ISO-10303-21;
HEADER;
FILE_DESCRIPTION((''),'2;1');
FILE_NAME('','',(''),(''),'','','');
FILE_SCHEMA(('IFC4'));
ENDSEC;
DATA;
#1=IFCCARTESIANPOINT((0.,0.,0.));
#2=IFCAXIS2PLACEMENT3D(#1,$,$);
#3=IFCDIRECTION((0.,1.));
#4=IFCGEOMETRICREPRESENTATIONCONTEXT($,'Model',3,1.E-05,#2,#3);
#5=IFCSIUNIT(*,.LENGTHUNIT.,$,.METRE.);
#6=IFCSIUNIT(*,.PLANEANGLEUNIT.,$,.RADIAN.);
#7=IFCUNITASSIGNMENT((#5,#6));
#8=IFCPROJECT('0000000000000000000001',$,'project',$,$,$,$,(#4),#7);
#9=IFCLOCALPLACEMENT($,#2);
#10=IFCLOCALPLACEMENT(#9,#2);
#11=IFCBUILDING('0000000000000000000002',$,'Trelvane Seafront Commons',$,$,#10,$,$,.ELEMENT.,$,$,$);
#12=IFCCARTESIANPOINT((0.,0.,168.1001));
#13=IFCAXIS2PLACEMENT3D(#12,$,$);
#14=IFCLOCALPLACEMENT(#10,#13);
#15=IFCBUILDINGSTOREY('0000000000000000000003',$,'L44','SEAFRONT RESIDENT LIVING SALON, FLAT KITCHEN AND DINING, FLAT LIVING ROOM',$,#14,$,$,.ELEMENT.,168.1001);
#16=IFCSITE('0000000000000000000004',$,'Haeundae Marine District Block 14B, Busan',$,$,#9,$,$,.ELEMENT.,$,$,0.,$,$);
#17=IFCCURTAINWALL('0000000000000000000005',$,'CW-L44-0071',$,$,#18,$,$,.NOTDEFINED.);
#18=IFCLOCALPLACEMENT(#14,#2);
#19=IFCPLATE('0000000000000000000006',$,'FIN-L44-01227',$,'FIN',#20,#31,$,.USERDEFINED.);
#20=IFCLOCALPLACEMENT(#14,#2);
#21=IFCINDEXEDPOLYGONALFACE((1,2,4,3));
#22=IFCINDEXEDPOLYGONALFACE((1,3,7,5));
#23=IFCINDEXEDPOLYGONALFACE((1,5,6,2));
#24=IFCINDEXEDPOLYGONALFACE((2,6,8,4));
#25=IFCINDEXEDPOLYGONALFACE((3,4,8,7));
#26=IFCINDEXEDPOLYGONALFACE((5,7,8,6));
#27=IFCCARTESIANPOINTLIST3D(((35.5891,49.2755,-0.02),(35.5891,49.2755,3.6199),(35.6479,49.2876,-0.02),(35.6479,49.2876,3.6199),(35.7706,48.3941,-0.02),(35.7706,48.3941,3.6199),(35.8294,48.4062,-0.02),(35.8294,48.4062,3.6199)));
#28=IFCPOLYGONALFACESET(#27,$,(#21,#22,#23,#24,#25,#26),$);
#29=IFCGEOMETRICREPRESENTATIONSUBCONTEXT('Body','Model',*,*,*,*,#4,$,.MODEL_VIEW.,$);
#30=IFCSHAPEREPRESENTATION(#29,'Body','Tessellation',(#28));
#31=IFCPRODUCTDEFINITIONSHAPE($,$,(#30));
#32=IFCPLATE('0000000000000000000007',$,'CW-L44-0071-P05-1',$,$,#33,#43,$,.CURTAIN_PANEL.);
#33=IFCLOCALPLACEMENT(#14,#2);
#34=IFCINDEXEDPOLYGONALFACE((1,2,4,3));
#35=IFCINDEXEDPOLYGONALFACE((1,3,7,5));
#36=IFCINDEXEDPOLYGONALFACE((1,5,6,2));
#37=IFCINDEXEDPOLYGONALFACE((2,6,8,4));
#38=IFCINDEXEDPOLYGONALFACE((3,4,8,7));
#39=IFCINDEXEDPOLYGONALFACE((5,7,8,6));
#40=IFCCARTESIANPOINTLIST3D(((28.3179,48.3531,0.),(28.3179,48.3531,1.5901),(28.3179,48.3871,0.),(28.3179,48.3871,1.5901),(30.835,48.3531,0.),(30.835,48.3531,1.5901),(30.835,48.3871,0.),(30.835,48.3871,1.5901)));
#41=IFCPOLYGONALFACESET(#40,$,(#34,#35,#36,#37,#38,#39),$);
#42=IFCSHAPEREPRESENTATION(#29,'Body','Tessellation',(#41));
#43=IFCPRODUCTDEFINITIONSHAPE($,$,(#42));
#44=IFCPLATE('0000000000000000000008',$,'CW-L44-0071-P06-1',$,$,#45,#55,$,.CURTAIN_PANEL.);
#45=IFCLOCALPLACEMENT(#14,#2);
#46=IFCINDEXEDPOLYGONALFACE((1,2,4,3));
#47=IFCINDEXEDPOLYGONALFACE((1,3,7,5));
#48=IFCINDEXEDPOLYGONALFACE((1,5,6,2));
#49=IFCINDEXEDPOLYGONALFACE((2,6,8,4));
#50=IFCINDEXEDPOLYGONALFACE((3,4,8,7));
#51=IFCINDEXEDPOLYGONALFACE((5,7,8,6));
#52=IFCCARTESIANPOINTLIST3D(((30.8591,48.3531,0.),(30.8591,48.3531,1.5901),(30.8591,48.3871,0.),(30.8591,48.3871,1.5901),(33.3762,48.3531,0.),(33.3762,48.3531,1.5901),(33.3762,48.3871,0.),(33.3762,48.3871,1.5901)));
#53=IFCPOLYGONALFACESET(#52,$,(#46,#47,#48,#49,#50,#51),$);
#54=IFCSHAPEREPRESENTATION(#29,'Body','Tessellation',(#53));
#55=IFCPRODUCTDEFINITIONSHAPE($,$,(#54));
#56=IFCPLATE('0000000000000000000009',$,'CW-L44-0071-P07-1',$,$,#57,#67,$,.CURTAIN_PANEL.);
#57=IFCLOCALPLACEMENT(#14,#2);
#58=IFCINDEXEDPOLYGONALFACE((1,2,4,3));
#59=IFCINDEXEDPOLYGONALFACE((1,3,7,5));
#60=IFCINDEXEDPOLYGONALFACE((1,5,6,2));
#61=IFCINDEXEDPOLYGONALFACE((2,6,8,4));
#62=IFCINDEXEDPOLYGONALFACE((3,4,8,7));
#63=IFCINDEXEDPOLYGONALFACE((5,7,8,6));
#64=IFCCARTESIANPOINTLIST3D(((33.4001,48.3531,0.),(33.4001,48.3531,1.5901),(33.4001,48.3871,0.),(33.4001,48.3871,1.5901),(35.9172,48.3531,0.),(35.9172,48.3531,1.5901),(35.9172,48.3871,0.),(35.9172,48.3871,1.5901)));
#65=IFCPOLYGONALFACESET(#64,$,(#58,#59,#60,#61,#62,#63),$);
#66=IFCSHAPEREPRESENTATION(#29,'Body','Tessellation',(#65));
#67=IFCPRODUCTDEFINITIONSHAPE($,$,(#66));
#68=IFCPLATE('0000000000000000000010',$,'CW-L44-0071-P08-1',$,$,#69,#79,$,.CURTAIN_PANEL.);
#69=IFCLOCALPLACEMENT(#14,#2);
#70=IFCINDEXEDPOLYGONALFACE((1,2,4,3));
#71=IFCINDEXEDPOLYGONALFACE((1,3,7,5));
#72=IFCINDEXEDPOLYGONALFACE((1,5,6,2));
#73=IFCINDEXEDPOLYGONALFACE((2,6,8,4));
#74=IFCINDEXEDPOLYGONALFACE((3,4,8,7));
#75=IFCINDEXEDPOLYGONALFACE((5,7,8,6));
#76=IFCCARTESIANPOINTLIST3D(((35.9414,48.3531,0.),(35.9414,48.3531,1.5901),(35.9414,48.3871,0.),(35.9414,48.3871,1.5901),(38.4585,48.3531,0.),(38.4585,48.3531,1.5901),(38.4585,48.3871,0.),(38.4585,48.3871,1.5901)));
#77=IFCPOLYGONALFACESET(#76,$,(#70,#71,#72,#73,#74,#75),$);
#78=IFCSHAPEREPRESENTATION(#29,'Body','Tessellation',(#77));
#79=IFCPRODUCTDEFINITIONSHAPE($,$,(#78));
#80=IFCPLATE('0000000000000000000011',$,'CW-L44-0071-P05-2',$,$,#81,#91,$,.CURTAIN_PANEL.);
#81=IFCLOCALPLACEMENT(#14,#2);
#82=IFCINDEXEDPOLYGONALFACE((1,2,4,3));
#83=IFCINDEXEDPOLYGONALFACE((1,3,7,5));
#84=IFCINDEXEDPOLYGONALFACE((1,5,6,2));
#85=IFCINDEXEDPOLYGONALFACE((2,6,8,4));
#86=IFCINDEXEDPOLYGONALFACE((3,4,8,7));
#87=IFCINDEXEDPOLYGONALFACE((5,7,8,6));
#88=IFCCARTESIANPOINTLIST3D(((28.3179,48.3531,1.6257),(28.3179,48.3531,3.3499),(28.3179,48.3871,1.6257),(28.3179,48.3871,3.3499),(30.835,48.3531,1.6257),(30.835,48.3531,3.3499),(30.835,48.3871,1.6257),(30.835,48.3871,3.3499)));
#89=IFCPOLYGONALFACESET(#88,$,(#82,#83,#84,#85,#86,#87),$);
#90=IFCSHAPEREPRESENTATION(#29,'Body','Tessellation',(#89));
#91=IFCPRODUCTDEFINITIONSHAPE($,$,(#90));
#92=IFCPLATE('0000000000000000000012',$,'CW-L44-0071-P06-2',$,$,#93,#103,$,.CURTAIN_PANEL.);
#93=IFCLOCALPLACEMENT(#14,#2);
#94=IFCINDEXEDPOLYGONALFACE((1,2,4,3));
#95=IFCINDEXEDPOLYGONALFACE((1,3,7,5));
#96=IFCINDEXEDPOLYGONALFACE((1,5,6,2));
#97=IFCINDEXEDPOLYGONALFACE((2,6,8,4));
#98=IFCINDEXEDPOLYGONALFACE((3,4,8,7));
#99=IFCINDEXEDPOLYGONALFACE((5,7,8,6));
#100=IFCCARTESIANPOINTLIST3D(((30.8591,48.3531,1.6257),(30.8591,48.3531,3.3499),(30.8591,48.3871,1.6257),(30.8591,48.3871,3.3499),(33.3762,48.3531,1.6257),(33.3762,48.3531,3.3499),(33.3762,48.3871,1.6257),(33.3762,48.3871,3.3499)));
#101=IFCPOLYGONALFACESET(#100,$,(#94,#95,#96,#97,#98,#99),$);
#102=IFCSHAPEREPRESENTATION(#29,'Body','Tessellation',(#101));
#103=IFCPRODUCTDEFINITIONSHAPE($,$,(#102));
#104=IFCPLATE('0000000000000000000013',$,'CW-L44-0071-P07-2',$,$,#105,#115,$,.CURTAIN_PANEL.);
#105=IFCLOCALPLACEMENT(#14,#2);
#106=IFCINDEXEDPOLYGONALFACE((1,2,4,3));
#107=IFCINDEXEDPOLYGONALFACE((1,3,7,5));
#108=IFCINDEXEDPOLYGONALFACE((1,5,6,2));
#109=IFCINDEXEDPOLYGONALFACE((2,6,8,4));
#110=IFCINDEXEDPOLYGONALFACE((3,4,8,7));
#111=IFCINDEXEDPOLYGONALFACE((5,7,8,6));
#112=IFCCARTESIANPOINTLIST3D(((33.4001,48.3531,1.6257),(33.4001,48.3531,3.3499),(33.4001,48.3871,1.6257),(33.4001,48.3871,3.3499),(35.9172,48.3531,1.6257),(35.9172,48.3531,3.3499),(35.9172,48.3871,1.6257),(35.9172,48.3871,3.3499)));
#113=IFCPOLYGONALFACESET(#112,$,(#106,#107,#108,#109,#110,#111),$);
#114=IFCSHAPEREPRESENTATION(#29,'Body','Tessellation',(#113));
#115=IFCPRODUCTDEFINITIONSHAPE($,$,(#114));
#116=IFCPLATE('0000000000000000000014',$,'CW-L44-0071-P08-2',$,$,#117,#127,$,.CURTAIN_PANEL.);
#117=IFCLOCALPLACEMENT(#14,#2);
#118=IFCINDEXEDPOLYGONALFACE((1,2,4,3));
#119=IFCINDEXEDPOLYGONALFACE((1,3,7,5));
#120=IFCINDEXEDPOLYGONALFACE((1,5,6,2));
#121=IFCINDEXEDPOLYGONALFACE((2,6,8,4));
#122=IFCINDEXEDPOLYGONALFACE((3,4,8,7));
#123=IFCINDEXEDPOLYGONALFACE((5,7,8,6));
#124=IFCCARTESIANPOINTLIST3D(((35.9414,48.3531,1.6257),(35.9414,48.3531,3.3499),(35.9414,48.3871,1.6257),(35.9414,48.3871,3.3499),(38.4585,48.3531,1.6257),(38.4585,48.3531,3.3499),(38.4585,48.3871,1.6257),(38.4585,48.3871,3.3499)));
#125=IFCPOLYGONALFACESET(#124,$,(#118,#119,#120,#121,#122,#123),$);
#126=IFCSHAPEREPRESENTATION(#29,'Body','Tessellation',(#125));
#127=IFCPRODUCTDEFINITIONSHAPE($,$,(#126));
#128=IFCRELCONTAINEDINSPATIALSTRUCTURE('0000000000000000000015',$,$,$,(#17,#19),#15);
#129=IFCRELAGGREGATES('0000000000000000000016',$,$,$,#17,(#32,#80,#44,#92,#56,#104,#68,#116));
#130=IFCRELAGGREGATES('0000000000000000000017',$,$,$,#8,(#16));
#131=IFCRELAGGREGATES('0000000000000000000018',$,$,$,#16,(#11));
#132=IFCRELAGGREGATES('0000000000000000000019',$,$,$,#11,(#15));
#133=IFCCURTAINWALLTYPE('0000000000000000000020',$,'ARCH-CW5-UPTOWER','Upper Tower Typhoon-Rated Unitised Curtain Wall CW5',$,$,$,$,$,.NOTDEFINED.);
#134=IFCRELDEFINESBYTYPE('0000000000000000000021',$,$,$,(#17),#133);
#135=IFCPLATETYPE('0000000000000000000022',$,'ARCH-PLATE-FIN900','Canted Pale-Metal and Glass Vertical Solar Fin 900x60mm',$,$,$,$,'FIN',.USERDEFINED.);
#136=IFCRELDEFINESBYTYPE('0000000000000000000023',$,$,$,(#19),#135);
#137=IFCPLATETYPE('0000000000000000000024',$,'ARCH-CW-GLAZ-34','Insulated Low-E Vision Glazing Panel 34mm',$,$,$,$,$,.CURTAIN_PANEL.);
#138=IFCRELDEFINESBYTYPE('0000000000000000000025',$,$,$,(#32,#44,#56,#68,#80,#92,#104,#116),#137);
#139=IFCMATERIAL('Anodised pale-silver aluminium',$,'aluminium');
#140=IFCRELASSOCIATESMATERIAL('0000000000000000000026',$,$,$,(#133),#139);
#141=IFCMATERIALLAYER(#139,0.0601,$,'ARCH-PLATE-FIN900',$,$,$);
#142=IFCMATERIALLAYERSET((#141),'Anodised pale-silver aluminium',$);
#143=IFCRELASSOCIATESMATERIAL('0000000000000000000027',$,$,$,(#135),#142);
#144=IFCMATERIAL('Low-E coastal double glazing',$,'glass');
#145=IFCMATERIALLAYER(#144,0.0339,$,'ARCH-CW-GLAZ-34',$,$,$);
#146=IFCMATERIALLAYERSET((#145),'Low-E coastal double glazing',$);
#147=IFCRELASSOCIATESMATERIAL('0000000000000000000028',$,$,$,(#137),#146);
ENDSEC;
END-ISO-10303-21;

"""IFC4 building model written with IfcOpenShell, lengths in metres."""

from ifc_helpers import new_model, si_unit, direction, frame, origin, origin_2d, place, context, subcontext, project, spatial, rectangle, extrude, source, transform, mapped, material, layer, layer_set, type_object, element, aggregate, save


model = new_model("IFC4")

# Units and contexts
model_context = context("Model", 3, precision=1e-05, world=origin(), true_north=direction((0.0, 1.0)))
body_context = subcontext(model_context, "Body", "Model", "MODEL_VIEW")
ifc_project = project(units=[si_unit("LENGTHUNIT", "METRE"), si_unit("PLANEANGLEUNIT", "RADIAN")], contexts=[model_context])

# Site, building, storey
site_placement = place(None, origin())
site = spatial("IfcSite", under=ifc_project, at=site_placement, Name="Haeundae Marine District Block 14B, Busan", CompositionType="ELEMENT", RefElevation=0.0)
building_placement = place(site_placement, origin())
building = spatial("IfcBuilding", under=site, at=building_placement, Name="Trelvane Seafront Commons", CompositionType="ELEMENT")
storey_placement = place(building_placement, frame((0.0, 0.0, 168.1001)))
storey = spatial("IfcBuildingStorey", under=building, at=storey_placement, Name="L44", Description="SEAFRONT RESIDENT LIVING SALON, FLAT KITCHEN AND DINING, FLAT LIVING ROOM", CompositionType="ELEMENT", Elevation=168.1001)

# Curtain wall
ifc_material_1 = material(Name="Anodised pale-silver aluminium", Category="aluminium")
curtain_wall_type = type_object("IfcCurtainWallType", Name="ARCH-CW5-UPTOWER", Description="Upper Tower Typhoon-Rated Unitised Curtain Wall CW5", PredefinedType="NOTDEFINED", material=ifc_material_1)
curtain_wall_placement = place(storey_placement, origin())
curtain_wall = element("IfcCurtainWall", 1, at=curtain_wall_placement, inside=storey, type_object=curtain_wall_type, Name="CW-L44-0071", PredefinedType="NOTDEFINED")

# Plate
ifc_layer_1 = layer(ifc_material_1, 0.0601, Name="ARCH-PLATE-FIN900")
ifc_layer_set_1 = layer_set([ifc_layer_1], Name="Anodised pale-silver aluminium")
plate_type_1 = type_object("IfcPlateType", Name="ARCH-PLATE-FIN900", Description="Canted Pale-Metal and Glass Vertical Solar Fin 900x60mm", ElementType="FIN", PredefinedType="USERDEFINED", material=ifc_layer_set_1)
shared_shape_1 = source(origin(), body_context, "Body", "SweptSolid", [
    extrude(rectangle(XDim=0.8999, YDim=0.0601, at=origin_2d()), origin(), (0.0, 0.0, 1.0), 3.6399),
])
for number, where, z_axis, x_axis, name in (
    (2, (35.7092, 48.8408, -0.02), (0.0, 0.0, 1.0), (-0.201669, 0.979454, 0.0), "FIN-L44-01227"),
):
    element("IfcPlate", number, at=place(storey_placement, frame(where, z_axis=z_axis, x_axis=x_axis)), inside=storey, type_object=plate_type_1, Name=name, ObjectType="FIN", PredefinedType="USERDEFINED", context=body_context, shape_type="MappedRepresentation", body=[
        mapped(shared_shape_1, transform((0.0, 0.0, 0.0), x_axis=(1.0, 0.0, 0.0), y_axis=(0.0, 1.0, 0.0), z_axis=(0.0, 0.0, 1.0), scale=1.0)),
    ])

# Plates
ifc_material_2 = material(Name="Low-E coastal double glazing", Category="glass")
ifc_layer_2 = layer(ifc_material_2, 0.0339, Name="ARCH-CW-GLAZ-34")
ifc_layer_set_2 = layer_set([ifc_layer_2], Name="Low-E coastal double glazing")
plate_type_2 = type_object("IfcPlateType", Name="ARCH-CW-GLAZ-34", Description="Insulated Low-E Vision Glazing Panel 34mm", PredefinedType="CURTAIN_PANEL", material=ifc_layer_set_2)
shared_shape_2 = source(origin(), body_context, "Body", "SweptSolid", [
    extrude(rectangle(XDim=2.5171, YDim=0.0339, at=origin_2d()), origin(), (0.0, 0.0, 1.0), 1.5901),
])
plate_1_placement = place(storey_placement, frame((29.5764, 48.3701, 0.0), z_axis=(0.0, 0.0, 1.0), x_axis=(1.0, 0.0, 0.0)))
plate_1 = element("IfcPlate", 3, at=plate_1_placement, type_object=plate_type_2, Name="CW-L44-0071-P05-1", PredefinedType="CURTAIN_PANEL", context=body_context, shape_type="MappedRepresentation", body=[
    mapped(shared_shape_2, transform((0.0, 0.0, 0.0), x_axis=(1.0, 0.0, 0.0), y_axis=(0.0, 1.0, 0.0), z_axis=(0.0, 0.0, 1.0), scale=1.0)),
])
plate_2_placement = place(storey_placement, frame((32.1177, 48.3701, 0.0), z_axis=(0.0, 0.0, 1.0), x_axis=(1.0, 0.0, 0.0)))
plate_2 = element("IfcPlate", 4, at=plate_2_placement, type_object=plate_type_2, Name="CW-L44-0071-P06-1", PredefinedType="CURTAIN_PANEL", context=body_context, shape_type="MappedRepresentation", body=[
    mapped(shared_shape_2, transform((0.0, 0.0, 0.0), x_axis=(1.0, 0.0, 0.0), y_axis=(0.0, 1.0, 0.0), z_axis=(0.0, 0.0, 1.0), scale=1.0)),
])
plate_3_placement = place(storey_placement, frame((34.6587, 48.3701, 0.0), z_axis=(0.0, 0.0, 1.0), x_axis=(1.0, 0.0, 0.0)))
plate_3 = element("IfcPlate", 5, at=plate_3_placement, type_object=plate_type_2, Name="CW-L44-0071-P07-1", PredefinedType="CURTAIN_PANEL", context=body_context, shape_type="MappedRepresentation", body=[
    mapped(shared_shape_2, transform((0.0, 0.0, 0.0), x_axis=(1.0, 0.0, 0.0), y_axis=(0.0, 1.0, 0.0), z_axis=(0.0, 0.0, 1.0), scale=1.0)),
])
plate_4_placement = place(storey_placement, frame((37.2, 48.3701, 0.0), z_axis=(0.0, 0.0, 1.0), x_axis=(1.0, 0.0, 0.0)))
plate_4 = element("IfcPlate", 6, at=plate_4_placement, type_object=plate_type_2, Name="CW-L44-0071-P08-1", PredefinedType="CURTAIN_PANEL", context=body_context, shape_type="MappedRepresentation", body=[
    mapped(shared_shape_2, transform((0.0, 0.0, 0.0), x_axis=(1.0, 0.0, 0.0), y_axis=(0.0, 1.0, 0.0), z_axis=(0.0, 0.0, 1.0), scale=1.0)),
])
shared_shape_3 = source(origin(), body_context, "Body", "SweptSolid", [
    extrude(rectangle(XDim=2.5171, YDim=0.0339, at=origin_2d()), origin(), (0.0, 0.0, 1.0), 1.7241),
])
plate_5_placement = place(storey_placement, frame((29.5764, 48.3701, 1.6257), z_axis=(0.0, 0.0, 1.0), x_axis=(1.0, 0.0, 0.0)))
plate_5 = element("IfcPlate", 7, at=plate_5_placement, type_object=plate_type_2, Name="CW-L44-0071-P05-2", PredefinedType="CURTAIN_PANEL", context=body_context, shape_type="MappedRepresentation", body=[
    mapped(shared_shape_3, transform((0.0, 0.0, 0.0), x_axis=(1.0, 0.0, 0.0), y_axis=(0.0, 1.0, 0.0), z_axis=(0.0, 0.0, 1.0), scale=1.0)),
])
plate_6_placement = place(storey_placement, frame((32.1177, 48.3701, 1.6257), z_axis=(0.0, 0.0, 1.0), x_axis=(1.0, 0.0, 0.0)))
plate_6 = element("IfcPlate", 8, at=plate_6_placement, type_object=plate_type_2, Name="CW-L44-0071-P06-2", PredefinedType="CURTAIN_PANEL", context=body_context, shape_type="MappedRepresentation", body=[
    mapped(shared_shape_3, transform((0.0, 0.0, 0.0), x_axis=(1.0, 0.0, 0.0), y_axis=(0.0, 1.0, 0.0), z_axis=(0.0, 0.0, 1.0), scale=1.0)),
])
plate_7_placement = place(storey_placement, frame((34.6587, 48.3701, 1.6257), z_axis=(0.0, 0.0, 1.0), x_axis=(1.0, 0.0, 0.0)))
plate_7 = element("IfcPlate", 9, at=plate_7_placement, type_object=plate_type_2, Name="CW-L44-0071-P07-2", PredefinedType="CURTAIN_PANEL", context=body_context, shape_type="MappedRepresentation", body=[
    mapped(shared_shape_3, transform((0.0, 0.0, 0.0), x_axis=(1.0, 0.0, 0.0), y_axis=(0.0, 1.0, 0.0), z_axis=(0.0, 0.0, 1.0), scale=1.0)),
])
plate_8_placement = place(storey_placement, frame((37.2, 48.3701, 1.6257), z_axis=(0.0, 0.0, 1.0), x_axis=(1.0, 0.0, 0.0)))
plate_8 = element("IfcPlate", 10, at=plate_8_placement, type_object=plate_type_2, Name="CW-L44-0071-P08-2", PredefinedType="CURTAIN_PANEL", context=body_context, shape_type="MappedRepresentation", body=[
    mapped(shared_shape_3, transform((0.0, 0.0, 0.0), x_axis=(1.0, 0.0, 0.0), y_axis=(0.0, 1.0, 0.0), z_axis=(0.0, 0.0, 1.0), scale=1.0)),
])
aggregate(curtain_wall, [plate_1, plate_5, plate_2, plate_6, plate_3, plate_7, plate_4, plate_8])

save(model, "model.ifc")
